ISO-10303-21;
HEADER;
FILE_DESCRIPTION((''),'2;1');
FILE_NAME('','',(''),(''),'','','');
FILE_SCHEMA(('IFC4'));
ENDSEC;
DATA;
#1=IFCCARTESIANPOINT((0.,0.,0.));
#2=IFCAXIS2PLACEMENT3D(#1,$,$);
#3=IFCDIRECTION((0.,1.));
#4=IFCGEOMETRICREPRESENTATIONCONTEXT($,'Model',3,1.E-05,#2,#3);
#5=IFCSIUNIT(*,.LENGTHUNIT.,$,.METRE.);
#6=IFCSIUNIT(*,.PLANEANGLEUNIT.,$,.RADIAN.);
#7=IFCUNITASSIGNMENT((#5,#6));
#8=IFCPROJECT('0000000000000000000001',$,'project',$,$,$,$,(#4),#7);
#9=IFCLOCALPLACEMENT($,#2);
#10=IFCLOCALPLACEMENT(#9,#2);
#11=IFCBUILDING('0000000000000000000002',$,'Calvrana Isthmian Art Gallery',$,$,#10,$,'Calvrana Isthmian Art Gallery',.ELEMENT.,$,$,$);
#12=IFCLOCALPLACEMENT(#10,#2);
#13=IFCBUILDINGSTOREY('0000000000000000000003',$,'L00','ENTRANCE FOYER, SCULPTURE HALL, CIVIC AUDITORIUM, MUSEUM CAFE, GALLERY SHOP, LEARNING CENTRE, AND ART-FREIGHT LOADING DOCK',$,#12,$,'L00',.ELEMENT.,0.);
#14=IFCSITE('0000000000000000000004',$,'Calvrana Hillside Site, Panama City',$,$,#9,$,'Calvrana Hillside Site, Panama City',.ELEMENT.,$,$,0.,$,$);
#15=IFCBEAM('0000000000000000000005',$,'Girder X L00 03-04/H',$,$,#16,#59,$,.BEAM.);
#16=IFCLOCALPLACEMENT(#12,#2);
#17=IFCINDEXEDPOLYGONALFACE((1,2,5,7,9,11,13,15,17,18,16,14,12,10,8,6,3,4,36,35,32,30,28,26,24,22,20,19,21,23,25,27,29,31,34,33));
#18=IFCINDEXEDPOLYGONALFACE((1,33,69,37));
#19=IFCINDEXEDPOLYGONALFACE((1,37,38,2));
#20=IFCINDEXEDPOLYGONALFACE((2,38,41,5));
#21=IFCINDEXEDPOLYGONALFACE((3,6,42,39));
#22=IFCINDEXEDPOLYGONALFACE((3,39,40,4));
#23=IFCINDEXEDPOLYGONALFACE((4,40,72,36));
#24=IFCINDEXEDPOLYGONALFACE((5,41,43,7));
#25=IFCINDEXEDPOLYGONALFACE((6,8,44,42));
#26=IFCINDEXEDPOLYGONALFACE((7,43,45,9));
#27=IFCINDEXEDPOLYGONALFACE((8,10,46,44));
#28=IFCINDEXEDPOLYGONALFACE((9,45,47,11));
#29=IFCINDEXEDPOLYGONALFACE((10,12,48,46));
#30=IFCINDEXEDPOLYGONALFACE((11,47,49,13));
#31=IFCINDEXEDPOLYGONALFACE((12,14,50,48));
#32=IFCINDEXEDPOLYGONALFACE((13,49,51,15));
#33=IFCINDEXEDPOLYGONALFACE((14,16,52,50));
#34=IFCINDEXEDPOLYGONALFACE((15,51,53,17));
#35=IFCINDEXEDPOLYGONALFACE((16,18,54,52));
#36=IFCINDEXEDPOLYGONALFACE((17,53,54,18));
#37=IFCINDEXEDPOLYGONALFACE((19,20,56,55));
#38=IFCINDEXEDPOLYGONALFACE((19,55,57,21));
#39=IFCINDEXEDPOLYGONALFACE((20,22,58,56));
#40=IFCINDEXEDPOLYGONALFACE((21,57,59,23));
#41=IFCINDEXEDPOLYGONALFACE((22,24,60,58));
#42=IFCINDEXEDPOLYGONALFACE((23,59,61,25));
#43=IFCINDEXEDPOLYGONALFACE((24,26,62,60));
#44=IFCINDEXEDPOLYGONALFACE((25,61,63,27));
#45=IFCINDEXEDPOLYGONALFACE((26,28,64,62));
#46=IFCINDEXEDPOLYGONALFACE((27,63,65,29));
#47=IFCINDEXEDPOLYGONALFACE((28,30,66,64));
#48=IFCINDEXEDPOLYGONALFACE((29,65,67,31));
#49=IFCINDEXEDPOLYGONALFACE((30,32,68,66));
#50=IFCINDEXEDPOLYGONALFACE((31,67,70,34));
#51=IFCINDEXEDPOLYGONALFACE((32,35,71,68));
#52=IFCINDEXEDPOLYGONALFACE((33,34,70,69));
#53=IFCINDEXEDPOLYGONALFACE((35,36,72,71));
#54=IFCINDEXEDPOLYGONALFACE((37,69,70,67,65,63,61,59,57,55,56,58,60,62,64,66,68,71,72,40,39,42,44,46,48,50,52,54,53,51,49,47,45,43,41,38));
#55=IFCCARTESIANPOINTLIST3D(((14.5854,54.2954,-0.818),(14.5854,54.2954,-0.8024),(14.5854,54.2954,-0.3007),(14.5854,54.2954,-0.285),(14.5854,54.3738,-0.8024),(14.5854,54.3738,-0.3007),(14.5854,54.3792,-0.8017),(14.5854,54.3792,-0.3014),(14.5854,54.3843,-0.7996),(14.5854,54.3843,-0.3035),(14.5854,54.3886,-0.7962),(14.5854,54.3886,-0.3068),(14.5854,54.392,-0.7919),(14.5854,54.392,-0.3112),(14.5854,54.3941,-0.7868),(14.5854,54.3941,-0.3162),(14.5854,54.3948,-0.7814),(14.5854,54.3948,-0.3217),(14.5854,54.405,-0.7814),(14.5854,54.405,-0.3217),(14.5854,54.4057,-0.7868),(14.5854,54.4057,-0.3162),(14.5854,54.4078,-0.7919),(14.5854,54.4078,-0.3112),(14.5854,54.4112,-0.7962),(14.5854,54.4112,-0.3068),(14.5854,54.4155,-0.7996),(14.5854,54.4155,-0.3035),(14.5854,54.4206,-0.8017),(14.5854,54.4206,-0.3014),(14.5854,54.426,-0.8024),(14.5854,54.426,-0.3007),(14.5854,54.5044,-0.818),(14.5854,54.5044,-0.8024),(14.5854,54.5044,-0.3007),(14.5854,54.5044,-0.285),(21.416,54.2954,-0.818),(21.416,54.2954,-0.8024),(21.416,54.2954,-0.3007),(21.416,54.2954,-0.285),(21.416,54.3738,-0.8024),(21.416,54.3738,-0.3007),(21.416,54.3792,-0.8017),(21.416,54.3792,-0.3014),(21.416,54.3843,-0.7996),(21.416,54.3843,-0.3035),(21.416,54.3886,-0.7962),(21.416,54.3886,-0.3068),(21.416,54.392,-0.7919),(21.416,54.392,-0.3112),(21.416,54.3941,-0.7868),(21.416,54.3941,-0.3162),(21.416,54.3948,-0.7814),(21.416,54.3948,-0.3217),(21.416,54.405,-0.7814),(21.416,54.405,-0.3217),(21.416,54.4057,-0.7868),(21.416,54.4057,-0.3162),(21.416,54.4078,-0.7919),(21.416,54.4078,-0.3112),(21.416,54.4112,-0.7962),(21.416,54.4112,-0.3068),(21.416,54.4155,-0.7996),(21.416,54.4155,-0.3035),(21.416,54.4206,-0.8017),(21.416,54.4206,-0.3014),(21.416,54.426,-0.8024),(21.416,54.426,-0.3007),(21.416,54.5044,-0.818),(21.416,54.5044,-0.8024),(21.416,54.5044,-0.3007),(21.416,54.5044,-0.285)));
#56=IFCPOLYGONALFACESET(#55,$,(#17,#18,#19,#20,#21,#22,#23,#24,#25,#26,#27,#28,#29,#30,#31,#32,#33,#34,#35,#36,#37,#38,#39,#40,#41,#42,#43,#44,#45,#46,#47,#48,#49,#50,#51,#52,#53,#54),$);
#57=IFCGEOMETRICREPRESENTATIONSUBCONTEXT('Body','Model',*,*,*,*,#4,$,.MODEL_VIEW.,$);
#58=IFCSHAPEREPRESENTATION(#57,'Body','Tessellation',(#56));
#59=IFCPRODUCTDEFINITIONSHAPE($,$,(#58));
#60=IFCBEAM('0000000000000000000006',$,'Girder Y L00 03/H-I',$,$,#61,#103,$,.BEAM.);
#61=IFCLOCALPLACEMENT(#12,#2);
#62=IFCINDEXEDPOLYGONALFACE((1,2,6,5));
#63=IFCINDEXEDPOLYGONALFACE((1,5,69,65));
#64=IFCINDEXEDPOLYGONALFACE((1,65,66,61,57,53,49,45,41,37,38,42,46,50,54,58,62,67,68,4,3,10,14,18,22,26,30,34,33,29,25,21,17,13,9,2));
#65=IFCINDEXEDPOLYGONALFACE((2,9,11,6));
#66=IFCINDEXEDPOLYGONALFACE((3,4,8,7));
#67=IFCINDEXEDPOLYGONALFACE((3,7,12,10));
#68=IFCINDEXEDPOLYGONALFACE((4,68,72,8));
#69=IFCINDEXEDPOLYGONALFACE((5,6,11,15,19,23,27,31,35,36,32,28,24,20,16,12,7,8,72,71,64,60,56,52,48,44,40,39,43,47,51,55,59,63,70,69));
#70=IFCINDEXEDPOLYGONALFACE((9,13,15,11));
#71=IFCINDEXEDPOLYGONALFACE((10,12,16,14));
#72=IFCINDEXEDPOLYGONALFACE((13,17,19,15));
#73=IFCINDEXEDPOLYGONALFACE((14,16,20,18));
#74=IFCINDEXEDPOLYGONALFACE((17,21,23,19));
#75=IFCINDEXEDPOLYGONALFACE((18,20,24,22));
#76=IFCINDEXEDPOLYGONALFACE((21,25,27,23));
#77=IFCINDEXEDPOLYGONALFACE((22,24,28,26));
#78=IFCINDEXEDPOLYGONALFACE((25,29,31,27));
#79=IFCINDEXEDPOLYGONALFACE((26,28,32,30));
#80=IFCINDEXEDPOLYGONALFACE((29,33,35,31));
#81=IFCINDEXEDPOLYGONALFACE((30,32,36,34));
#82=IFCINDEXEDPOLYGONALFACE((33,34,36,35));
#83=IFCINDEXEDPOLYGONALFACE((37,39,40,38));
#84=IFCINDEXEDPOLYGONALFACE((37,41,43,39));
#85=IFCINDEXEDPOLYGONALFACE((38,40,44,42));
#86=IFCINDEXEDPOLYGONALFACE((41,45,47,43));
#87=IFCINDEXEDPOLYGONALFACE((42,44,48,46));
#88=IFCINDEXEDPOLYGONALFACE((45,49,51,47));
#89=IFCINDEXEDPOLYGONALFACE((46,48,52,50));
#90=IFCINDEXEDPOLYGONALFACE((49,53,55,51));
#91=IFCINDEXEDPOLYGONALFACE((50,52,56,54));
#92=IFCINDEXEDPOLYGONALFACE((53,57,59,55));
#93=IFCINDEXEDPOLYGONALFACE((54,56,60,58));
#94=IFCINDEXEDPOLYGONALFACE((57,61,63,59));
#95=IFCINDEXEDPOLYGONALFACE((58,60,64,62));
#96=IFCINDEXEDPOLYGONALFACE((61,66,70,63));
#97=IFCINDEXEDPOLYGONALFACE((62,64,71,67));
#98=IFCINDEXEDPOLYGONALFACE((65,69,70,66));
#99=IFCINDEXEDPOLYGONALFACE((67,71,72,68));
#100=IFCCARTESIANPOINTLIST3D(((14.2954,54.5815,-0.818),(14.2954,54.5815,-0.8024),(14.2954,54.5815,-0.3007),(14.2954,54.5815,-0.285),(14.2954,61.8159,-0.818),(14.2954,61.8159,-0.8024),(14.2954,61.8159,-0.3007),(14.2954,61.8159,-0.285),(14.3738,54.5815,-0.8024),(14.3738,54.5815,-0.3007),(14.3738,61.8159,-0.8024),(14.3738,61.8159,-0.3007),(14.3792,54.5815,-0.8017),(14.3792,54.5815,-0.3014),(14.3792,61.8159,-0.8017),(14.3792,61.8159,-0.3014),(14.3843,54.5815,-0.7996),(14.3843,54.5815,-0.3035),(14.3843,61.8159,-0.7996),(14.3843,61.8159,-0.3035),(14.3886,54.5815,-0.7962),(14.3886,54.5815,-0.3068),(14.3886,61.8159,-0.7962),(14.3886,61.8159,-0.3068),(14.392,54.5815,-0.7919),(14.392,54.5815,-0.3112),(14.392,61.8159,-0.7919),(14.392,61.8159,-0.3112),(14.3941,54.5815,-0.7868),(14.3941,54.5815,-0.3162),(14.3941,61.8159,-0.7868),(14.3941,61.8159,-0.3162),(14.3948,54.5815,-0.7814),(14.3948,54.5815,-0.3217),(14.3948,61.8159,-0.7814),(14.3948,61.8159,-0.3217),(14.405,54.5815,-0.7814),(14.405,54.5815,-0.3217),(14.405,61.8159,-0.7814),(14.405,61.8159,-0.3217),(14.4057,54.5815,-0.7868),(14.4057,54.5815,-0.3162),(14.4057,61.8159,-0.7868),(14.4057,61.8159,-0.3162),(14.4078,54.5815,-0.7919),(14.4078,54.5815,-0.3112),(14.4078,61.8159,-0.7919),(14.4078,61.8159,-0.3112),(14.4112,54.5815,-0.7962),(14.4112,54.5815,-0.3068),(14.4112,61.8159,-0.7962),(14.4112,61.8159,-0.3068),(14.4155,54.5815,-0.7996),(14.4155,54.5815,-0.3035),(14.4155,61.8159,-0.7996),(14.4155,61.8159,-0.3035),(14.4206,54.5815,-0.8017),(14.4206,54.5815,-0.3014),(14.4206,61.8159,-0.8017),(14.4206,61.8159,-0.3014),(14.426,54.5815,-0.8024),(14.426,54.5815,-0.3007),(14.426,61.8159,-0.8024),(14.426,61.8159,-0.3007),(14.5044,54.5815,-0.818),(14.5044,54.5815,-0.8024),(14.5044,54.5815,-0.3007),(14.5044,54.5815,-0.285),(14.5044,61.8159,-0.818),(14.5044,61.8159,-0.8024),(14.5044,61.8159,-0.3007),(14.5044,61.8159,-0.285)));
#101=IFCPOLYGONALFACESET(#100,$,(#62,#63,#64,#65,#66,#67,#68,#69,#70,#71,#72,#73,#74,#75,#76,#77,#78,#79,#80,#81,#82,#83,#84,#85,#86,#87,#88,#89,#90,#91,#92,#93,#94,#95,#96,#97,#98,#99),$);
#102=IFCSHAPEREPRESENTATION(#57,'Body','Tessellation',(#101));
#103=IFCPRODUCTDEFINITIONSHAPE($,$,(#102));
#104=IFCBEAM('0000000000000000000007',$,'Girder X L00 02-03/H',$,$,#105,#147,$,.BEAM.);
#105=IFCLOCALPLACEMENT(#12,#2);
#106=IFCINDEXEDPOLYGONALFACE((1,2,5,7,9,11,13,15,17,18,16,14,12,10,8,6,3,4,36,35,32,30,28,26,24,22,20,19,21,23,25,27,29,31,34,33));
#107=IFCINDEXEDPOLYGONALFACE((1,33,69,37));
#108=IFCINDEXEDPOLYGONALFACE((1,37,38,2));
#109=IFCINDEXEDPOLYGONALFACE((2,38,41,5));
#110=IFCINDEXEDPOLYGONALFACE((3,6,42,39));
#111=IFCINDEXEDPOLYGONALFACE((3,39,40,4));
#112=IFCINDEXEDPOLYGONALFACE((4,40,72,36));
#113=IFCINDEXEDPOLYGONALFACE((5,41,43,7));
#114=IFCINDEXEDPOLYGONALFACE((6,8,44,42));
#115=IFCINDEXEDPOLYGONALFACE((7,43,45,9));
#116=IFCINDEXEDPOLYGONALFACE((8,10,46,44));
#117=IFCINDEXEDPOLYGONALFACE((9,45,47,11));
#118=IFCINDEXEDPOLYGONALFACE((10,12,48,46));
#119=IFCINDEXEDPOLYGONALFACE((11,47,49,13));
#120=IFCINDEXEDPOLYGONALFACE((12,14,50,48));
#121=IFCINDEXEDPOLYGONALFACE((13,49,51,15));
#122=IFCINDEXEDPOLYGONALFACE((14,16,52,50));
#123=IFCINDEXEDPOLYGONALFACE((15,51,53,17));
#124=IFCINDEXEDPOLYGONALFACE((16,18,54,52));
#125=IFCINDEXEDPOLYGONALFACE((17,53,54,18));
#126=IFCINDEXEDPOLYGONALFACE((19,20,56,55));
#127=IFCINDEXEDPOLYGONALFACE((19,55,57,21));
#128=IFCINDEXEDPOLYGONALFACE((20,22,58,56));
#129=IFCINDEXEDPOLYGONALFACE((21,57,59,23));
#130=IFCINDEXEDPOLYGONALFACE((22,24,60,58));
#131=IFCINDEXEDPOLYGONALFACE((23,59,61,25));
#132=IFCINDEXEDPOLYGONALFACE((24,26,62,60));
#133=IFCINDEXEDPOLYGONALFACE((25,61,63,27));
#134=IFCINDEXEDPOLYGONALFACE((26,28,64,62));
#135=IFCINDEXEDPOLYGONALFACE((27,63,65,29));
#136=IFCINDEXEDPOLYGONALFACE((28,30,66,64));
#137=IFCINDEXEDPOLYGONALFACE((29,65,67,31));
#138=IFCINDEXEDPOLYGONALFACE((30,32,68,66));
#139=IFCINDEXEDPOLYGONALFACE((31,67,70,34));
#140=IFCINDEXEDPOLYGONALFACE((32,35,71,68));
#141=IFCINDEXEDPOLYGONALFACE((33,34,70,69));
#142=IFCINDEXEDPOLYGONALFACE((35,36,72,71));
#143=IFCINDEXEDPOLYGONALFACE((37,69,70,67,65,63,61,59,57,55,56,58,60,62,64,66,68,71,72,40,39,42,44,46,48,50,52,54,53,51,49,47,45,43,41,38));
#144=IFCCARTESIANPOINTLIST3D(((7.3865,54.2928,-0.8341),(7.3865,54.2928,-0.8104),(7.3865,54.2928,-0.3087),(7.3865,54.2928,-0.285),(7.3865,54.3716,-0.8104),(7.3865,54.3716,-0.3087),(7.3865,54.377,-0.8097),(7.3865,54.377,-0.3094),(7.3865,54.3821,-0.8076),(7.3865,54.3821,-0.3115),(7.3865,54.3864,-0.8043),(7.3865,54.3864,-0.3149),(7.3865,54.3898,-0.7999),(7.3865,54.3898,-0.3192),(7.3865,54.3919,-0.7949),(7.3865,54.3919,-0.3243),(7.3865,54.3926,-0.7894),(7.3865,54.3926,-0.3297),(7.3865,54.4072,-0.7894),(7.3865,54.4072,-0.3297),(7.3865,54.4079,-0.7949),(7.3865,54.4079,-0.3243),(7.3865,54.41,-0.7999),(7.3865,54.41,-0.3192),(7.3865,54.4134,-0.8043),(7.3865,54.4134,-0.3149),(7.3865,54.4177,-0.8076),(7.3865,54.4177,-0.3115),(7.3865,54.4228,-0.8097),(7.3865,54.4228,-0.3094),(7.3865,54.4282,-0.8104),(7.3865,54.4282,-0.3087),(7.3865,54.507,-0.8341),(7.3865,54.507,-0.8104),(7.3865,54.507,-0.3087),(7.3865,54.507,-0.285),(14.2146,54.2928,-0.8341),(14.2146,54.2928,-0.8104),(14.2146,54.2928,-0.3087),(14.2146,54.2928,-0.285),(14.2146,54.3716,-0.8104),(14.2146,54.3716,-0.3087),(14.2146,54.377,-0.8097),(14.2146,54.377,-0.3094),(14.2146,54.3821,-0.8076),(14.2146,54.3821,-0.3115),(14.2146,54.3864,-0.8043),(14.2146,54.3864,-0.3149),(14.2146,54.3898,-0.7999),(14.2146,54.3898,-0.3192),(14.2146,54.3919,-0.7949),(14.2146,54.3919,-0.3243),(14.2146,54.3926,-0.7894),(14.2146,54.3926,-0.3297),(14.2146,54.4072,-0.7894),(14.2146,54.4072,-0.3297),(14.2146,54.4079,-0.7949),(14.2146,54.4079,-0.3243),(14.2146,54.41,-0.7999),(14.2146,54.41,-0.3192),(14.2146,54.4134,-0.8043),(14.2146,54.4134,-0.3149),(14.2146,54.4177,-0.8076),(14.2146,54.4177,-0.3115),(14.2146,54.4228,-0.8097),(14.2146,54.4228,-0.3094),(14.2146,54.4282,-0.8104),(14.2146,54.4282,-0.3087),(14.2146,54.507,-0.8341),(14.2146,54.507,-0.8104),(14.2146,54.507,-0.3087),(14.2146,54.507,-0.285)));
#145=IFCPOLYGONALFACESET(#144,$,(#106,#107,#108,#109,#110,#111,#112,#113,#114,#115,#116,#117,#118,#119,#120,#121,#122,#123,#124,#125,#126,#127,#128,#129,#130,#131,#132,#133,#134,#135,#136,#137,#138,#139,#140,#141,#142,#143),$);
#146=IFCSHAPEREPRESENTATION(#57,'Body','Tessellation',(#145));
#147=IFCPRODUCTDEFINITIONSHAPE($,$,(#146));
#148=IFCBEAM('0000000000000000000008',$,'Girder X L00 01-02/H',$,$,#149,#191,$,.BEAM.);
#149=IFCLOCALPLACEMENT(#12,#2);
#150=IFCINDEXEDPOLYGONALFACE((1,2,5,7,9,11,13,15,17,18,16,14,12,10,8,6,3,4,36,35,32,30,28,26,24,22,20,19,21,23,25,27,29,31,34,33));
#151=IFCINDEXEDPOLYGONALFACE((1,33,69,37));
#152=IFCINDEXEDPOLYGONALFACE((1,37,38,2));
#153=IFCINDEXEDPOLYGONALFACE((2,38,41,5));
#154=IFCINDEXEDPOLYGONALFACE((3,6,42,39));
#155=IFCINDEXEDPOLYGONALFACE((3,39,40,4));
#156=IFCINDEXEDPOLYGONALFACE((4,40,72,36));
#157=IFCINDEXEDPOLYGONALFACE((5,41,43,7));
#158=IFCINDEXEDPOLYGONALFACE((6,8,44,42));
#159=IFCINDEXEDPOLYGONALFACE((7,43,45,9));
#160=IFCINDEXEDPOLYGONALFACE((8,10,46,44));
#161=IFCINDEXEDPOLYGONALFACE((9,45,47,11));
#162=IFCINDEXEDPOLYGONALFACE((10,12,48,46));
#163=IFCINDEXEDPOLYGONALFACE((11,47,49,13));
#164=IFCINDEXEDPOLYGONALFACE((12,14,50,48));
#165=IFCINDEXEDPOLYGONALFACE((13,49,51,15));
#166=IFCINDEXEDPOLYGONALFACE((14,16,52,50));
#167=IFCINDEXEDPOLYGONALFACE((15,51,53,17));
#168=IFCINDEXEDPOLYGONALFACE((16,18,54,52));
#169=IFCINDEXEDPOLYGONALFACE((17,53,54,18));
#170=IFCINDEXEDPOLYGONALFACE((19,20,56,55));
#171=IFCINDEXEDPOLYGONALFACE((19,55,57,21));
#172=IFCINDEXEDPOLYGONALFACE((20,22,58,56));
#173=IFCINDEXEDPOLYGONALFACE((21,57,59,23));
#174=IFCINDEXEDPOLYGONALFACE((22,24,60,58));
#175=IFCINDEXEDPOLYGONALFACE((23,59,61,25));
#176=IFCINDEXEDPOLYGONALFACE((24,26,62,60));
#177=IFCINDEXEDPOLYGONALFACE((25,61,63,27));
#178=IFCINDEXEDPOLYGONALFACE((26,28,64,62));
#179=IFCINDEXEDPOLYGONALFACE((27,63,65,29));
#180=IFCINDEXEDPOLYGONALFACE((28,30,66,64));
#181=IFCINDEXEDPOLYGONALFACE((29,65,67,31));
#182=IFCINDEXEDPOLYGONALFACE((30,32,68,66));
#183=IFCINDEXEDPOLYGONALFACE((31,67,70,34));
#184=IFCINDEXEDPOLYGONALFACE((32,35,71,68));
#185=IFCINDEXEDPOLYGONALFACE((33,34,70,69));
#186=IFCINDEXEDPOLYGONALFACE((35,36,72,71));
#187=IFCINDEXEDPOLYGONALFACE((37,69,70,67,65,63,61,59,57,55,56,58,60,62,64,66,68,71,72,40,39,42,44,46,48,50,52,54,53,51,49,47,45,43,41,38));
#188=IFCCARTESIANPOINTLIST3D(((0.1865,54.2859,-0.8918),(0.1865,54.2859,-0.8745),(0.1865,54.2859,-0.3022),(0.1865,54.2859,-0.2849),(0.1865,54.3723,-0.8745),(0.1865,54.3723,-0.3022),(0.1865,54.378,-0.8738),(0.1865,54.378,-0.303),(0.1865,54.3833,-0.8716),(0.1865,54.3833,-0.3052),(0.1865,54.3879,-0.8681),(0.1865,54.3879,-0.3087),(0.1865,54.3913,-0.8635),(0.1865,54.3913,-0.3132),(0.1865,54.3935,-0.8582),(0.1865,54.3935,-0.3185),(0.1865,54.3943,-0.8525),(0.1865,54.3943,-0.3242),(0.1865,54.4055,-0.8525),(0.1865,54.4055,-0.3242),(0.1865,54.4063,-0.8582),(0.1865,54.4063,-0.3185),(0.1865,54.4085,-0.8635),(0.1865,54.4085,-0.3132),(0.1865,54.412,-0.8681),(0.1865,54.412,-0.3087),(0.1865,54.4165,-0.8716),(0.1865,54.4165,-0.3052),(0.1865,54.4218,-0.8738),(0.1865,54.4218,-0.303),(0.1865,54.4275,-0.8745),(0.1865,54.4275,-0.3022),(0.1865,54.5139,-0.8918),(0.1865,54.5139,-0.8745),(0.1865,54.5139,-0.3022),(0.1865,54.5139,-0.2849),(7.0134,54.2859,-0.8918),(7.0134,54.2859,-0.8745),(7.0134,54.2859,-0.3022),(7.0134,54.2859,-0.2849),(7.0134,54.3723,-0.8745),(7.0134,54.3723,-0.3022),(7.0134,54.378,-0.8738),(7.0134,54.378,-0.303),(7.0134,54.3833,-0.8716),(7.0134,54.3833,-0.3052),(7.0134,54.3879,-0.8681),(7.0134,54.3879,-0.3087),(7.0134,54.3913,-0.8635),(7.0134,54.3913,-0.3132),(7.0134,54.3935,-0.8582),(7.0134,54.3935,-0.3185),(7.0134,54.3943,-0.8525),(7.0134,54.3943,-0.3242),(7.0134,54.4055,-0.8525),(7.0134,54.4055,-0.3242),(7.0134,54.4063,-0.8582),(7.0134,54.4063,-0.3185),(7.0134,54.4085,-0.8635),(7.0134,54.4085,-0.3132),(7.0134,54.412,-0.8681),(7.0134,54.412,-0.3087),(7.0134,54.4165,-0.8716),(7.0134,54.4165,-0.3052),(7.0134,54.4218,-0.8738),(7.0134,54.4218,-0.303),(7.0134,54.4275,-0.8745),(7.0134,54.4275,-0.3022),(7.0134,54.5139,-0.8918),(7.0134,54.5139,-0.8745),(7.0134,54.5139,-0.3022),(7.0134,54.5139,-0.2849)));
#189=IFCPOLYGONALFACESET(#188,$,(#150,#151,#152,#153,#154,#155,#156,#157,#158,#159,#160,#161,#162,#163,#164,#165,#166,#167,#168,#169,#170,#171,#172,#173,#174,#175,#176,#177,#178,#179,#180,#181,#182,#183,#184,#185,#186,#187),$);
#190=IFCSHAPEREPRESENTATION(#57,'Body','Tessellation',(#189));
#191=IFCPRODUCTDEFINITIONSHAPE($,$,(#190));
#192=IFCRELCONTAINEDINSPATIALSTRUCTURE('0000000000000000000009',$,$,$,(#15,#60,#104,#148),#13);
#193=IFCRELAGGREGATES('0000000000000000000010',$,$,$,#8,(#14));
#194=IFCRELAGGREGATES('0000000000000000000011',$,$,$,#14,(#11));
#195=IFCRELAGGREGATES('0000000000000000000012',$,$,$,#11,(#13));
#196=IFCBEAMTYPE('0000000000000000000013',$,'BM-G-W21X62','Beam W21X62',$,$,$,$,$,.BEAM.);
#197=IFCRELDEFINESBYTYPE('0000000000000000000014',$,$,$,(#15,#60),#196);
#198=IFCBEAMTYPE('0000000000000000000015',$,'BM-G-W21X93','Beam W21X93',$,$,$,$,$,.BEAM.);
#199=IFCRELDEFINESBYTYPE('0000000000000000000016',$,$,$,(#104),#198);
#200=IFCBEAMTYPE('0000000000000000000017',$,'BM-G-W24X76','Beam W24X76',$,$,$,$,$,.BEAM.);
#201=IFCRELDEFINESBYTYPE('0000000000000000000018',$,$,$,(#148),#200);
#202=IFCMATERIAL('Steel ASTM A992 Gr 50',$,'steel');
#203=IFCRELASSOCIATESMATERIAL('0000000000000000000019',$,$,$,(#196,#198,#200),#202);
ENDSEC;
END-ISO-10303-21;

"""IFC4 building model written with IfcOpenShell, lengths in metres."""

from ifc_helpers import new_model, si_unit, direction, frame, origin, origin_2d, place, context, subcontext, project, spatial, i_section, extrude, material, material_profile, profile_set, type_object, element, save


model = new_model("IFC4")

# Units and contexts
model_context = context("Model", 3, precision=1e-05, world=origin(), true_north=direction((0.0, 1.0)))
body_context = subcontext(model_context, "Body", "Model", "MODEL_VIEW")
ifc_project = project(units=[si_unit("LENGTHUNIT", "METRE"), si_unit("PLANEANGLEUNIT", "RADIAN")], contexts=[model_context])

# Site, building, storey
site_placement = place(None, origin())
site = spatial("IfcSite", under=ifc_project, at=site_placement, Name="Calvrana Hillside Site, Panama City", LongName="Calvrana Hillside Site, Panama City", CompositionType="ELEMENT", RefElevation=0.0)
building_placement = place(site_placement, origin())
building = spatial("IfcBuilding", under=site, at=building_placement, Name="Calvrana Isthmian Art Gallery", LongName="Calvrana Isthmian Art Gallery", CompositionType="ELEMENT")
storey_placement = place(building_placement, origin())
storey = spatial("IfcBuildingStorey", under=building, at=storey_placement, Name="L00", Description="ENTRANCE FOYER, SCULPTURE HALL, CIVIC AUDITORIUM, MUSEUM CAFE, GALLERY SHOP, LEARNING CENTRE, AND ART-FREIGHT LOADING DOCK", LongName="L00", CompositionType="ELEMENT", Elevation=0.0)

# Shared definitions
ifc_material_1 = material(Name="Steel ASTM A992 Gr 50", Category="steel")

# Beams
ifc_material_profile_1 = material_profile(ifc_material_1, i_section(OverallWidth=0.209, OverallDepth=0.533, WebThickness=0.0103, FlangeThickness=0.0156, FilletRadius=0.021, at=origin_2d()), Name="W21X62")
ifc_profile_set_1 = profile_set([ifc_material_profile_1], Name="Steel ASTM A992 Gr 50")
beam_type_1 = type_object("IfcBeamType", Name="BM-G-W21X62", Description="Beam W21X62", PredefinedType="BEAM", material=ifc_profile_set_1)
beam_1_placement = place(storey_placement, frame((14.5854, 54.3999, -0.5515), z_axis=(1.0, 0.0, 0.0), x_axis=(0.0, 1.0, 0.0)))
element("IfcBeam", 1, at=beam_1_placement, inside=storey, type_object=beam_type_1, Name="Girder X L00 03-04/H", PredefinedType="BEAM", context=body_context, shape_type="SweptSolid", body=[
    extrude(i_section(OverallWidth=0.209, OverallDepth=0.533, WebThickness=0.0103, FlangeThickness=0.0156, FilletRadius=0.021, at=origin_2d()), origin(), (0.0, 0.0, 1.0), 6.8306),
])
beam_2_placement = place(storey_placement, frame((14.3999, 54.5815, -0.5515), z_axis=(0.0, 1.0, 0.0), x_axis=(-1.0, 0.0, 0.0)))
element("IfcBeam", 2, at=beam_2_placement, inside=storey, type_object=beam_type_1, Name="Girder Y L00 03/H-I", PredefinedType="BEAM", context=body_context, shape_type="SweptSolid", body=[
    extrude(i_section(OverallWidth=0.209, OverallDepth=0.533, WebThickness=0.0103, FlangeThickness=0.0156, FilletRadius=0.021, at=origin_2d()), origin(), (0.0, 0.0, 1.0), 7.2344),
])
ifc_material_profile_2 = material_profile(ifc_material_1, i_section(OverallWidth=0.2141, OverallDepth=0.5491, WebThickness=0.0146, FlangeThickness=0.0237, FilletRadius=0.021, at=origin_2d()), Name="W21X93")
ifc_profile_set_2 = profile_set([ifc_material_profile_2], Name="Steel ASTM A992 Gr 50")
beam_type_2 = type_object("IfcBeamType", Name="BM-G-W21X93", Description="Beam W21X93", PredefinedType="BEAM", material=ifc_profile_set_2)
beam_3_placement = place(storey_placement, frame((7.3865, 54.3999, -0.5596), z_axis=(1.0, 0.0, 0.0), x_axis=(0.0, 1.0, 0.0)))
element("IfcBeam", 3, at=beam_3_placement, inside=storey, type_object=beam_type_2, Name="Girder X L00 02-03/H", PredefinedType="BEAM", context=body_context, shape_type="SweptSolid", body=[
    extrude(i_section(OverallWidth=0.2141, OverallDepth=0.5491, WebThickness=0.0146, FlangeThickness=0.0237, FilletRadius=0.021, at=origin_2d()), origin(), (0.0, 0.0, 1.0), 6.8281),
])
ifc_material_profile_3 = material_profile(ifc_material_1, i_section(OverallWidth=0.228, OverallDepth=0.6069, WebThickness=0.0112, FlangeThickness=0.0173, FilletRadius=0.022, at=origin_2d()), Name="W24X76")
ifc_profile_set_3 = profile_set([ifc_material_profile_3], Name="Steel ASTM A992 Gr 50")
beam_type_3 = type_object("IfcBeamType", Name="BM-G-W24X76", Description="Beam W24X76", PredefinedType="BEAM", material=ifc_profile_set_3)
beam_4_placement = place(storey_placement, frame((0.1865, 54.3999, -0.5884), z_axis=(1.0, 0.0, 0.0), x_axis=(0.0, 1.0, 0.0)))
element("IfcBeam", 4, at=beam_4_placement, inside=storey, type_object=beam_type_3, Name="Girder X L00 01-02/H", PredefinedType="BEAM", context=body_context, shape_type="SweptSolid", body=[
    extrude(i_section(OverallWidth=0.228, OverallDepth=0.6069, WebThickness=0.0112, FlangeThickness=0.0173, FilletRadius=0.022, at=origin_2d()), origin(), (0.0, 0.0, 1.0), 6.8269),
])

save(model, "model.ifc")
